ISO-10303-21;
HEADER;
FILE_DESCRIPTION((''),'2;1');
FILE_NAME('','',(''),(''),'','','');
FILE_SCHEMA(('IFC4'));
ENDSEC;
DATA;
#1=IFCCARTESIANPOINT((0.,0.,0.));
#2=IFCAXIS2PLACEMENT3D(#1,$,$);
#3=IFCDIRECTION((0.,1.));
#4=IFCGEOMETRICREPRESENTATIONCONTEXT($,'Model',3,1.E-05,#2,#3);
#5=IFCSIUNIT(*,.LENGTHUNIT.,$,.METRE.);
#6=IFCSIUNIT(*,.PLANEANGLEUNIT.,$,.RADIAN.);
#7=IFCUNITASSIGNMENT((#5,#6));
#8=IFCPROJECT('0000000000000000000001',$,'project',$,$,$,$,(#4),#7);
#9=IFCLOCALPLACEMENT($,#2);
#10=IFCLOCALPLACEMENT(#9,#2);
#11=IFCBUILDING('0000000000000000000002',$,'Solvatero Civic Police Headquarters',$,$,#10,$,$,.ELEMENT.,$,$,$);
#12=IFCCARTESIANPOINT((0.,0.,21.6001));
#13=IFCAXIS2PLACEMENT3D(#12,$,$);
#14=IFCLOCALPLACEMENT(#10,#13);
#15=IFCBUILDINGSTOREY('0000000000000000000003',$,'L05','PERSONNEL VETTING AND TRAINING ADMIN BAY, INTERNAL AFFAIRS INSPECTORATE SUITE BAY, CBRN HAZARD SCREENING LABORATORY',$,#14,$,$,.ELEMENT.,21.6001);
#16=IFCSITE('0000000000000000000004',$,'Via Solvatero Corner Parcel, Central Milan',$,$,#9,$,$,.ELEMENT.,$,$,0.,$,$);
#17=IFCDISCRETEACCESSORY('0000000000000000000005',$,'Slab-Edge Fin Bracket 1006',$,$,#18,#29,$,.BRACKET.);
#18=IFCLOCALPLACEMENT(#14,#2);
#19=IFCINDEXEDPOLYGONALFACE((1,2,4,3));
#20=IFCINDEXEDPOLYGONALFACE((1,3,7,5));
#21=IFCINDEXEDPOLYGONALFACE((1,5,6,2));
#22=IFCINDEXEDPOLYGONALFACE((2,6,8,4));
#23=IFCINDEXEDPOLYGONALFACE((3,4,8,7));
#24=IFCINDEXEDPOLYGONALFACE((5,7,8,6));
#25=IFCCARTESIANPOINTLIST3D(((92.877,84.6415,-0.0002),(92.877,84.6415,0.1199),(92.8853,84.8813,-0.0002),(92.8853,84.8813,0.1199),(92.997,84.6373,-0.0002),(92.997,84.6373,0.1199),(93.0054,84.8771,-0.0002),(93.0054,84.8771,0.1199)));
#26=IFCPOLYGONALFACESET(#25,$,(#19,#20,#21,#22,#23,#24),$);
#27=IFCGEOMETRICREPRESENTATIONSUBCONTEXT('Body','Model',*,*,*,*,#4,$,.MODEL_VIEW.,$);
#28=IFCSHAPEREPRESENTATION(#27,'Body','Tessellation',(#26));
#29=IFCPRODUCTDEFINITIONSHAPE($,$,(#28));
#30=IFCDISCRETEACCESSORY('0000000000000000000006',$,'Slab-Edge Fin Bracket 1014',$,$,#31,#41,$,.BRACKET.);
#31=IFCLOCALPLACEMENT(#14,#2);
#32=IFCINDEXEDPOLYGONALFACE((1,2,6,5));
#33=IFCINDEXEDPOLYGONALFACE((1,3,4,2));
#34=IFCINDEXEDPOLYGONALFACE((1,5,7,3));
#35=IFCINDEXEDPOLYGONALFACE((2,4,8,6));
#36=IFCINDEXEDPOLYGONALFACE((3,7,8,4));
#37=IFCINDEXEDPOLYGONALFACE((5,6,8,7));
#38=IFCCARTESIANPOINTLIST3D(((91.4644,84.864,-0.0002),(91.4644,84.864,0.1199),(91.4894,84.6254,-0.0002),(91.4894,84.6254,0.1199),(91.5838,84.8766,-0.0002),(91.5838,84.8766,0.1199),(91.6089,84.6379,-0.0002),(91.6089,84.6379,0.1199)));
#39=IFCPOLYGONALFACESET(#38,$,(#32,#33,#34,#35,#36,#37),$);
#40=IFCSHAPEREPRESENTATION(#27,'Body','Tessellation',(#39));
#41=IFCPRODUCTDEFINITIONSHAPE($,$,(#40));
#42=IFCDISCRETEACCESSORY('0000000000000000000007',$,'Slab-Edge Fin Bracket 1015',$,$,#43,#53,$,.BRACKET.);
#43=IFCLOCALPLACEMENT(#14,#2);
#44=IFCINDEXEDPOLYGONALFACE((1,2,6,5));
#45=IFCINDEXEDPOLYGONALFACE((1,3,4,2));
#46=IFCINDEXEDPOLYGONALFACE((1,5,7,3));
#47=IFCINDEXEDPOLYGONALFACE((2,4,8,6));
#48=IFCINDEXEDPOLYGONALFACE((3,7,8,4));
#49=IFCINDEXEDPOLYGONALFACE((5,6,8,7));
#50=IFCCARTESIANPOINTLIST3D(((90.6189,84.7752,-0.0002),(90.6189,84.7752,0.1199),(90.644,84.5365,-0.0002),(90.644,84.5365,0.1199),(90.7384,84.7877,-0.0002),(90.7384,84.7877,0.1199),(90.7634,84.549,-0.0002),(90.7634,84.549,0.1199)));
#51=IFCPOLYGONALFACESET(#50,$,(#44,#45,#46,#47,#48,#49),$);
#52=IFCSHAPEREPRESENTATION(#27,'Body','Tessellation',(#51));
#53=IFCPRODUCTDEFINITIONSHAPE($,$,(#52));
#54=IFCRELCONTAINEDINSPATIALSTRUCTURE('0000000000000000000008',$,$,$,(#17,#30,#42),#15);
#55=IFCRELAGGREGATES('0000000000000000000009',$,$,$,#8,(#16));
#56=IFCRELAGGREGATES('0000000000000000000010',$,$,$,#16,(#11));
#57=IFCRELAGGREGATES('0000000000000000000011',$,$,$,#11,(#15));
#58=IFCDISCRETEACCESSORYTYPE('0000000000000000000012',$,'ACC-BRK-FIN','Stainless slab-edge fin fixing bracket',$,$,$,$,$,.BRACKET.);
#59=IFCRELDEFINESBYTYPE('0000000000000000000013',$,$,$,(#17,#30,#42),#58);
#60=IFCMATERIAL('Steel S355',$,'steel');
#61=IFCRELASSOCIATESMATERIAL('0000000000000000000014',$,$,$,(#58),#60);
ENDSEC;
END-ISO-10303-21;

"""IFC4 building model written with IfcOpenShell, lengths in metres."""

from ifc_helpers import new_model, si_unit, direction, frame, origin, origin_2d, place, context, subcontext, project, spatial, rectangle, extrude, material, type_object, element, save


model = new_model("IFC4")

# Units and contexts
model_context = context("Model", 3, precision=1e-05, world=origin(), true_north=direction((0.0, 1.0)))
body_context = subcontext(model_context, "Body", "Model", "MODEL_VIEW")
ifc_project = project(units=[si_unit("LENGTHUNIT", "METRE"), si_unit("PLANEANGLEUNIT", "RADIAN")], contexts=[model_context])

# Site, building, storey
site_placement = place(None, origin())
site = spatial("IfcSite", under=ifc_project, at=site_placement, Name="Via Solvatero Corner Parcel, Central Milan", CompositionType="ELEMENT", RefElevation=0.0)
building_placement = place(site_placement, origin())
building = spatial("IfcBuilding", under=site, at=building_placement, Name="Solvatero Civic Police Headquarters", CompositionType="ELEMENT")
storey_placement = place(building_placement, frame((0.0, 0.0, 21.6001)))
storey = spatial("IfcBuildingStorey", under=building, at=storey_placement, Name="L05", Description="PERSONNEL VETTING AND TRAINING ADMIN BAY, INTERNAL AFFAIRS INSPECTORATE SUITE BAY, CBRN HAZARD SCREENING LABORATORY", CompositionType="ELEMENT", Elevation=21.6001)

# Shared definitions
ifc_material_1 = material(Name="Steel S355", Category="steel")

# Discrete accessories
discrete_accessory_type = type_object("IfcDiscreteAccessoryType", Name="ACC-BRK-FIN", Description="Stainless slab-edge fin fixing bracket", PredefinedType="BRACKET", material=ifc_material_1)
for number, where, z_axis, x_axis, name in (
    (1, (92.9412, 84.7593, -0.0002), (0.0, 0.0, 1.0), (-0.99939, 0.034917, 0.0), "Slab-Edge Fin Bracket 1006"),
    (2, (91.5366, 84.751, -0.0002), (0.0, 0.0, 1.0), (-0.994524, -0.104511, 0.0), "Slab-Edge Fin Bracket 1014"),
    (3, (90.6912, 84.6621, -0.0002), (0.0, 0.0, 1.0), (-0.994524, -0.104511, 0.0), "Slab-Edge Fin Bracket 1015"),
):
    element("IfcDiscreteAccessory", number, at=place(storey_placement, frame(where, z_axis=z_axis, x_axis=x_axis)), inside=storey, type_object=discrete_accessory_type, Name=name, PredefinedType="BRACKET", context=body_context, shape_type="SweptSolid", body=[
        extrude(rectangle(XDim=0.1201, YDim=0.24, at=origin_2d()), origin(), (0.0, 0.0, 1.0), 0.1201),
    ])

save(model, "model.ifc")
